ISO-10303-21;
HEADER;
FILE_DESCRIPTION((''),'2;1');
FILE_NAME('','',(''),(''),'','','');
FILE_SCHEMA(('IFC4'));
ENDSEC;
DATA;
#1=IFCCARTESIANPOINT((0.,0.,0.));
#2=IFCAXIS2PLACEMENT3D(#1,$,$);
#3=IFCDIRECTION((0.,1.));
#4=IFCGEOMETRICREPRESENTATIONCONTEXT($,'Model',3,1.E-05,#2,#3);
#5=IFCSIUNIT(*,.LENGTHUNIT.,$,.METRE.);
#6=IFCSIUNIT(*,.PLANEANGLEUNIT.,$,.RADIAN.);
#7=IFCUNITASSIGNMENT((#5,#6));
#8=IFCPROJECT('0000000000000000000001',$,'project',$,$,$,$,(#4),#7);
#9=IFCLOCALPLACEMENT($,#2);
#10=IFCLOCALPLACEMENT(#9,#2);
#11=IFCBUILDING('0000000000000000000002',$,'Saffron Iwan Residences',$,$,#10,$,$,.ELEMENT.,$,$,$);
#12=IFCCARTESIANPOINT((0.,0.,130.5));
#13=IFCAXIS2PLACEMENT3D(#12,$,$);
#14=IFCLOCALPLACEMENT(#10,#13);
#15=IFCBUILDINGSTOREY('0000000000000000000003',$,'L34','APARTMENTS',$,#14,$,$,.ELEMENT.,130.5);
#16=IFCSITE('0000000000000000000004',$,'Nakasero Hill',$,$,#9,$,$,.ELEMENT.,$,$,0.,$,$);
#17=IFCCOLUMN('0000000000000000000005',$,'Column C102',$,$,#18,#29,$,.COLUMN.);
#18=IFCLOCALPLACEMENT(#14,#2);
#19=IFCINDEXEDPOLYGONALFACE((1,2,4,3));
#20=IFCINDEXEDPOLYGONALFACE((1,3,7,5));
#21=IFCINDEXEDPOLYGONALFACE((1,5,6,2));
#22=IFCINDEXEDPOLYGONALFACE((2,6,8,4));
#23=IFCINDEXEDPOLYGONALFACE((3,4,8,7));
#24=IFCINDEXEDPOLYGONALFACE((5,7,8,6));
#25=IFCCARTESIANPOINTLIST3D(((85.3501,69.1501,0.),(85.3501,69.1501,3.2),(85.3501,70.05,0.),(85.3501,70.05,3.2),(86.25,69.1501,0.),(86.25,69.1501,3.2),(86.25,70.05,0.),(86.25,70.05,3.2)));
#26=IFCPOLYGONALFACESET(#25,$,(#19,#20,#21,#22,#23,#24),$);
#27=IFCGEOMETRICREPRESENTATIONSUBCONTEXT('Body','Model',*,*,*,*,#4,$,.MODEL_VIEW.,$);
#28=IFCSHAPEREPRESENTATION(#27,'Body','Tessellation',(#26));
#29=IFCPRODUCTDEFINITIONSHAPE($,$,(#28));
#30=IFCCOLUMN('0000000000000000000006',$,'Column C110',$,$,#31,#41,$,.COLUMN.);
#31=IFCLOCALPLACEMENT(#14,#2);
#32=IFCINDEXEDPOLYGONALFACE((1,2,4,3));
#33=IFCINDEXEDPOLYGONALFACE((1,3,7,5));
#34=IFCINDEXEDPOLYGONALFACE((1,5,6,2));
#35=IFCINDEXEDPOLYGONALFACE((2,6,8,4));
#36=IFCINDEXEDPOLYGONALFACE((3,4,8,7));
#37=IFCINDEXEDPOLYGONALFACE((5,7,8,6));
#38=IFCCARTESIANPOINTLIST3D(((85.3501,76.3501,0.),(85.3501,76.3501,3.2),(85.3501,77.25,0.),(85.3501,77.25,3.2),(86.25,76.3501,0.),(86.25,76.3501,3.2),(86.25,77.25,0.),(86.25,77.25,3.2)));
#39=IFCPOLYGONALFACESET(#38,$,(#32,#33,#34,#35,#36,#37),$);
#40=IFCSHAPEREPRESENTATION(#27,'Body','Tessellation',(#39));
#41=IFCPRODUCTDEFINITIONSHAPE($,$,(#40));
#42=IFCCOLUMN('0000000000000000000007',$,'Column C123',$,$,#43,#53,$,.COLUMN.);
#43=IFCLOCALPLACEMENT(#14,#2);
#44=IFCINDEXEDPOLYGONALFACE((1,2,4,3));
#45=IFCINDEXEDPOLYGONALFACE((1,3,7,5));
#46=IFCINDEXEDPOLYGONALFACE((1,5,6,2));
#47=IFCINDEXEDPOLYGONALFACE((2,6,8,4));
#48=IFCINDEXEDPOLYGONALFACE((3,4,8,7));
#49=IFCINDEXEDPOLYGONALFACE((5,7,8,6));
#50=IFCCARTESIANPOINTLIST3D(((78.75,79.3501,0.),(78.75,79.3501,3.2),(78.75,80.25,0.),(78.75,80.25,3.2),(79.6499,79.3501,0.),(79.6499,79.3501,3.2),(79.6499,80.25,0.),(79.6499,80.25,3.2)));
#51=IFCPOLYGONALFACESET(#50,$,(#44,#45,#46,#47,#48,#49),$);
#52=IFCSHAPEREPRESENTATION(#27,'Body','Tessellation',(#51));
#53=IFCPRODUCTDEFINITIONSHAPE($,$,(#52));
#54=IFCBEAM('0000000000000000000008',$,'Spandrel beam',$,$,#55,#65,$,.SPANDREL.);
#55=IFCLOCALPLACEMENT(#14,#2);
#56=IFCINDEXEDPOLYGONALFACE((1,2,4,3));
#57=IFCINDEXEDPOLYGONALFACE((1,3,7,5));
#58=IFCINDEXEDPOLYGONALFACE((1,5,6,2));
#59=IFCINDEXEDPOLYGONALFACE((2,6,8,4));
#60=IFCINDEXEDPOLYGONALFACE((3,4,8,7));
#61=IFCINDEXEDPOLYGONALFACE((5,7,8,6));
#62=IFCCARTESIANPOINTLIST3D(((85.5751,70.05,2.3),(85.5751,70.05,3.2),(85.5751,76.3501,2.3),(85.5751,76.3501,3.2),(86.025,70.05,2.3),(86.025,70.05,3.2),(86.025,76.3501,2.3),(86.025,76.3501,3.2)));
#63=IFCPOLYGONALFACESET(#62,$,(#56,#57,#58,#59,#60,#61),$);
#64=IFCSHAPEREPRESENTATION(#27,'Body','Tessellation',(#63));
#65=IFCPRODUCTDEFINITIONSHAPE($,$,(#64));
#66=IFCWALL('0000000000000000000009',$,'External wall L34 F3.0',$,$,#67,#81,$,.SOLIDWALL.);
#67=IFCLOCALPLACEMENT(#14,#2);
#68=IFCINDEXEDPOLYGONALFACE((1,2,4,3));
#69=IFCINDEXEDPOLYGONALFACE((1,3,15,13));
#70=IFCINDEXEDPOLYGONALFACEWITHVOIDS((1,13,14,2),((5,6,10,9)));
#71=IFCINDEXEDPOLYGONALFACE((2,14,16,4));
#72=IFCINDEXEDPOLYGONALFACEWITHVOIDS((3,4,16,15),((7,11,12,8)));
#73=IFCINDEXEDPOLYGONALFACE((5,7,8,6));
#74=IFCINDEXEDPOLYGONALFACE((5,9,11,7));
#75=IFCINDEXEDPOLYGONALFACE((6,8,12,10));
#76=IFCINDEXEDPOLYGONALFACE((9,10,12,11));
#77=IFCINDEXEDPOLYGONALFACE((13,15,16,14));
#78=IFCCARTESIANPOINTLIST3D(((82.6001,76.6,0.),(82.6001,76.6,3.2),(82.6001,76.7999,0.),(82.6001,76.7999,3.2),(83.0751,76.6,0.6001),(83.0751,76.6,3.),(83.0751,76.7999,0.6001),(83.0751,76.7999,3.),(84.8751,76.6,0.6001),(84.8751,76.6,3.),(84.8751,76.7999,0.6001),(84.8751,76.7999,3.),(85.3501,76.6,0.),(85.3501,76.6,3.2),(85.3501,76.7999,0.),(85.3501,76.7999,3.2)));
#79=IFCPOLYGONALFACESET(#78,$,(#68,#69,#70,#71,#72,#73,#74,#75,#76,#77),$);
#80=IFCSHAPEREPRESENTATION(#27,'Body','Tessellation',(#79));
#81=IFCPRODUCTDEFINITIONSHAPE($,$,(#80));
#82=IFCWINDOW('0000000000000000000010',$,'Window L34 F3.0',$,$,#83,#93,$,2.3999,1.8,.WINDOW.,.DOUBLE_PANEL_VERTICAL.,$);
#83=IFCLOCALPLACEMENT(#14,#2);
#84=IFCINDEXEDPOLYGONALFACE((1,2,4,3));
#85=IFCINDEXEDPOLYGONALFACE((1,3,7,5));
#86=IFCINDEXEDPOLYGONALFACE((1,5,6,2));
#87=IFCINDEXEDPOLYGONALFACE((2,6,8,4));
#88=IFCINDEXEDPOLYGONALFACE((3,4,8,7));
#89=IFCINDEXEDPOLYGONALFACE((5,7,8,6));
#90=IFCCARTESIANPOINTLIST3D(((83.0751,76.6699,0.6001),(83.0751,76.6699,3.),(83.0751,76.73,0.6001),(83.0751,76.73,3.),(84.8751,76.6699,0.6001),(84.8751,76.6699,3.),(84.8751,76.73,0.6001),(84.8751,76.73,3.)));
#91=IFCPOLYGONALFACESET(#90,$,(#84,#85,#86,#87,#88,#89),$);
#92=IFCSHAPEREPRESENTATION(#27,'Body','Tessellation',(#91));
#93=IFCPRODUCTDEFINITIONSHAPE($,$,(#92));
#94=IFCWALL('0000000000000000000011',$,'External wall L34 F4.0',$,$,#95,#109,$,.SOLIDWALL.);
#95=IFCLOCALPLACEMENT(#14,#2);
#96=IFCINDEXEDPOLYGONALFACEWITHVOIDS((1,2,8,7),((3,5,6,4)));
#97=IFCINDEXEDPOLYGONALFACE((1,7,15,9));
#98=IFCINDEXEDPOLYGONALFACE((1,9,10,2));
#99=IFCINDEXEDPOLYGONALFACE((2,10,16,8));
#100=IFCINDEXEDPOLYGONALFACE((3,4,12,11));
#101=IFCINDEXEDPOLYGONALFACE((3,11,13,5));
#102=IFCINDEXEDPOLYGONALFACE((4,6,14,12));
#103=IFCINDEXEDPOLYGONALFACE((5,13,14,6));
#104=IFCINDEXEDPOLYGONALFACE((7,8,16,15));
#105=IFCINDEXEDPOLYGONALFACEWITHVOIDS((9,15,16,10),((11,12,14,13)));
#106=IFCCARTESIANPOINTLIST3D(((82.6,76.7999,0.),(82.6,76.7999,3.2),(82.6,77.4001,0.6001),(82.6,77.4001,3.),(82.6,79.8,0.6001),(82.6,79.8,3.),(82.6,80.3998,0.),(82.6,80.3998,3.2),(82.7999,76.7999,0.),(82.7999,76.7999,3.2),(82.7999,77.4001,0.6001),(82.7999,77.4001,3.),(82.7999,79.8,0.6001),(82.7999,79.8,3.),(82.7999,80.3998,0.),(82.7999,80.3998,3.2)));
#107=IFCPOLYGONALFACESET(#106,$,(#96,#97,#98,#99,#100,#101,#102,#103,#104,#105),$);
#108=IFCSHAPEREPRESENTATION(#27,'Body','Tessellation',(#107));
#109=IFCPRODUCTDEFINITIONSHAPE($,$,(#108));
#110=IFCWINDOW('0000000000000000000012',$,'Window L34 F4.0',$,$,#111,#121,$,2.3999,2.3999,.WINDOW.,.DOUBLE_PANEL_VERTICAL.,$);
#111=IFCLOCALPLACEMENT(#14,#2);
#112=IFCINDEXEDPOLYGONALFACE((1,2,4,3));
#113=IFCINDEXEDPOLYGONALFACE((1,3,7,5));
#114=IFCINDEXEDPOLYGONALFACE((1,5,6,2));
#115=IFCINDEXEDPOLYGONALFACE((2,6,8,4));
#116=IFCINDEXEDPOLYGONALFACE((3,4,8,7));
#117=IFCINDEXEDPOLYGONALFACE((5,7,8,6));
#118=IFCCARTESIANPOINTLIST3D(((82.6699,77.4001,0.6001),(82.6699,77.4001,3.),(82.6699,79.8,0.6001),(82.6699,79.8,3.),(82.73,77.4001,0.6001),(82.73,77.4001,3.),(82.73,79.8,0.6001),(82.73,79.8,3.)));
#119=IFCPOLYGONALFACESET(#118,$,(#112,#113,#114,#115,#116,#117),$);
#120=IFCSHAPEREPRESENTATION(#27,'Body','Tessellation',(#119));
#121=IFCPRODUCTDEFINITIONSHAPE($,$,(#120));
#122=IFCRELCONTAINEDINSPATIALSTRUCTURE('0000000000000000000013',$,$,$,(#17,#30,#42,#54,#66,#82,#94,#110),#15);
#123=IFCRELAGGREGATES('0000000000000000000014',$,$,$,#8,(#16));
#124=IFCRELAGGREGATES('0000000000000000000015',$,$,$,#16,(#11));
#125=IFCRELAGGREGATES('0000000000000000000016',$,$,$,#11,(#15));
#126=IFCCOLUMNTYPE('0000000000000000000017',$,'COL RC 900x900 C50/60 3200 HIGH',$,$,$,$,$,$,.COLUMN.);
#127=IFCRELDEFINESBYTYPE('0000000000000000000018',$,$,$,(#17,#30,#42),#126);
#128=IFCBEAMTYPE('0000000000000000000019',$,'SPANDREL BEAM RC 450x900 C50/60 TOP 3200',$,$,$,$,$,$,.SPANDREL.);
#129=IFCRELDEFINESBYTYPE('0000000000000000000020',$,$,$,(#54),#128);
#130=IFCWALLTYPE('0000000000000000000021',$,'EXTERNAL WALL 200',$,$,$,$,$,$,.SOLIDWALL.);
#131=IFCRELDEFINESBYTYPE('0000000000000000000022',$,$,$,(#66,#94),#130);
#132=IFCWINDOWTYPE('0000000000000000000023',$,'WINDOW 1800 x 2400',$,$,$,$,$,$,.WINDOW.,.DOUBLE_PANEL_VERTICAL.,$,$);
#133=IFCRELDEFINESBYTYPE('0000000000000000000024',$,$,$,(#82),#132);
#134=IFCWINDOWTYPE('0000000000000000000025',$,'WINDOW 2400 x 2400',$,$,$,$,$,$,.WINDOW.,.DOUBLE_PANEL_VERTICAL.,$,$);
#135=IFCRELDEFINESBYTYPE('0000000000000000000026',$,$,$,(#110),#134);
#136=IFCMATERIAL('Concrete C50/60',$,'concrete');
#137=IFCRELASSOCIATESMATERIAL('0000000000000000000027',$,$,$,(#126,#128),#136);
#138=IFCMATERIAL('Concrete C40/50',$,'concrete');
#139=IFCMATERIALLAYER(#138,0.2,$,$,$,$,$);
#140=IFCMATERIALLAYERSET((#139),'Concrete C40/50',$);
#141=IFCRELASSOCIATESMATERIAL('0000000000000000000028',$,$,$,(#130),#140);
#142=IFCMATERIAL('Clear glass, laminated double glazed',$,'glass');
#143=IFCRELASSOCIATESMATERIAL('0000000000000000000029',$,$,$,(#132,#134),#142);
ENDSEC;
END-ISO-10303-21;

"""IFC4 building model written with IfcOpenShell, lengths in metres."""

from ifc_helpers import new_model, si_unit, direction, frame, frame_2d, origin, origin_2d, place, context, subcontext, project, spatial, rectangle, extrude, source, transform, mapped, material, layer, layer_set, material_profile, profile_set, type_object, element, fill, save


model = new_model("IFC4")

# Units and contexts
model_context = context("Model", 3, precision=1e-05, world=origin(), true_north=direction((0.0, 1.0)))
body_context = subcontext(model_context, "Body", "Model", "MODEL_VIEW")
ifc_project = project(units=[si_unit("LENGTHUNIT", "METRE"), si_unit("PLANEANGLEUNIT", "RADIAN")], contexts=[model_context])

# Site, building, storey
site_placement = place(None, origin())
site = spatial("IfcSite", under=ifc_project, at=site_placement, Name="Nakasero Hill", CompositionType="ELEMENT", RefElevation=0.0)
building_placement = place(site_placement, origin())
building = spatial("IfcBuilding", under=site, at=building_placement, Name="Saffron Iwan Residences", CompositionType="ELEMENT")
storey_placement = place(building_placement, frame((0.0, 0.0, 130.5)))
storey = spatial("IfcBuildingStorey", under=building, at=storey_placement, Name="L34", Description="APARTMENTS", CompositionType="ELEMENT", Elevation=130.5)

# Columns
ifc_material_1 = material(Name="Concrete C50/60", Category="concrete")
ifc_material_profile_1 = material_profile(ifc_material_1, rectangle(XDim=0.8999, YDim=0.8999, at=origin_2d()), Name="RC 900x900")
ifc_profile_set_1 = profile_set([ifc_material_profile_1], Name="Concrete C50/60")
column_type = type_object("IfcColumnType", Name="COL RC 900x900 C50/60 3200 HIGH", PredefinedType="COLUMN", material=ifc_profile_set_1)
shared_shape_1 = source(origin(), body_context, "Body", "SweptSolid", [
    extrude(rectangle(XDim=0.8999, YDim=0.8999, at=origin_2d()), origin(), (0.0, 0.0, 1.0), 3.2),
])
for number, where, z_axis, x_axis, name in (
    (1, (85.8, 69.6001, 0.0), (0.0, 0.0, 1.0), (1.0, 0.0, 0.0), "Column C102"),
    (2, (85.8, 76.8, 0.0), (0.0, 0.0, 1.0), (1.0, 0.0, 0.0), "Column C110"),
    (3, (79.2, 79.8, 0.0), (0.0, 0.0, 1.0), (1.0, 0.0, 0.0), "Column C123"),
):
    element("IfcColumn", number, at=place(storey_placement, frame(where, z_axis=z_axis, x_axis=x_axis)), inside=storey, type_object=column_type, Name=name, PredefinedType="COLUMN", context=body_context, shape_type="MappedRepresentation", body=[
        mapped(shared_shape_1, transform((0.0, 0.0, 0.0))),
    ])

# Beam
ifc_material_profile_2 = material_profile(ifc_material_1, rectangle(XDim=0.45, YDim=0.8999, at=origin_2d()), Name="RC 450x900")
ifc_profile_set_2 = profile_set([ifc_material_profile_2], Name="Concrete C50/60")
beam_type = type_object("IfcBeamType", Name="SPANDREL BEAM RC 450x900 C50/60 TOP 3200", PredefinedType="SPANDREL", material=ifc_profile_set_2)
shared_shape_2 = source(origin(), body_context, "Body", "SweptSolid", [
    extrude(rectangle(XDim=0.45, YDim=0.8999, at=origin_2d()), origin(), (0.0, 0.0, 1.0), 6.3),
])
beam_placement = place(storey_placement, frame((85.8, 76.3501, 2.75), z_axis=(0.0, -1.0, 0.0), x_axis=(1.0, 0.0, 0.0)))
element("IfcBeam", 4, at=beam_placement, inside=storey, type_object=beam_type, Name="Spandrel beam", PredefinedType="SPANDREL", context=body_context, shape_type="MappedRepresentation", body=[
    mapped(shared_shape_2, transform((0.0, 0.0, 0.0))),
])

# Walls, openings, windows
ifc_material_2 = material(Name="Concrete C40/50", Category="concrete")
ifc_layer_1 = layer(ifc_material_2, 0.2)
ifc_layer_set_1 = layer_set([ifc_layer_1], Name="Concrete C40/50")
wall_type_1 = type_object("IfcWallType", Name="EXTERNAL WALL 200", PredefinedType="SOLIDWALL", material=ifc_layer_set_1)
wall_1_placement = place(storey_placement, frame((85.3501, 76.7, 0.0), z_axis=(0.0, 0.0, 1.0), x_axis=(-1.0, 0.0, 0.0)))
wall_1 = element("IfcWall", 5, at=wall_1_placement, inside=storey, type_object=wall_type_1, Name="External wall L34 F3.0", PredefinedType="SOLIDWALL", context=body_context, shape_type="SweptSolid", body=[
    extrude(rectangle(XDim=2.75, YDim=0.2, at=frame_2d((1.375, 0.0))), origin(), (0.0, 0.0, 1.0), 3.2),
])
opening_1_placement = place(wall_1_placement, frame((0.4751, 0.0, 0.6001)))
opening_1 = element("IfcOpeningElement", 6, at=opening_1_placement, cuts=wall_1, PredefinedType="OPENING", context=body_context, shape_type="SweptSolid", body=[
    extrude(rectangle(XDim=1.8, YDim=2.3999, at=frame_2d((0.8999, 1.2))), frame((0.0, 0.1099, 0.0), z_axis=(0.0, -1.0, 0.0), x_axis=(1.0, 0.0, 0.0)), (0.0, 0.0, 1.0), 0.22),
])
ifc_material_3 = material(Name="Clear glass, laminated double glazed", Category="glass")
window_type_1 = type_object("IfcWindowType", Name="WINDOW 1800 x 2400", PartitioningType="DOUBLE_PANEL_VERTICAL", PredefinedType="WINDOW", material=ifc_material_3)
window_1_placement = place(opening_1_placement, origin())
window_1 = element("IfcWindow", 7, at=window_1_placement, inside=storey, type_object=window_type_1, Name="Window L34 F3.0", OverallHeight=2.3999, OverallWidth=1.8, PartitioningType="DOUBLE_PANEL_VERTICAL", PredefinedType="WINDOW", context=body_context, shape_type="SweptSolid", body=[
    extrude(rectangle(XDim=1.8, YDim=2.3999, at=frame_2d((0.8999, 1.2))), frame((0.0, 0.03, 0.0), z_axis=(0.0, -1.0, 0.0), x_axis=(1.0, 0.0, 0.0)), (0.0, 0.0, 1.0), 0.0601),
])
fill(opening_1, window_1)
wall_2_placement = place(storey_placement, frame((82.7, 76.8, 0.0), z_axis=(0.0, 0.0, 1.0), x_axis=(0.0, 1.0, 0.0)))
wall_2 = element("IfcWall", 8, at=wall_2_placement, inside=storey, type_object=wall_type_1, Name="External wall L34 F4.0", PredefinedType="SOLIDWALL", context=body_context, shape_type="SweptSolid", body=[
    extrude(rectangle(XDim=3.5999, YDim=0.2, at=frame_2d((1.7998, 0.0))), origin(), (0.0, 0.0, 1.0), 3.2),
])
opening_2_placement = place(wall_2_placement, frame((0.6001, 0.0, 0.6001)))
opening_2 = element("IfcOpeningElement", 9, at=opening_2_placement, cuts=wall_2, PredefinedType="OPENING", context=body_context, shape_type="SweptSolid", body=[
    extrude(rectangle(XDim=2.3999, YDim=2.3999, at=frame_2d((1.2, 1.2))), frame((0.0, 0.1099, 0.0), z_axis=(0.0, -1.0, 0.0), x_axis=(1.0, 0.0, 0.0)), (0.0, 0.0, 1.0), 0.22),
])
window_type_2 = type_object("IfcWindowType", Name="WINDOW 2400 x 2400", PartitioningType="DOUBLE_PANEL_VERTICAL", PredefinedType="WINDOW", material=ifc_material_3)
window_2_placement = place(opening_2_placement, origin())
window_2 = element("IfcWindow", 10, at=window_2_placement, inside=storey, type_object=window_type_2, Name="Window L34 F4.0", OverallHeight=2.3999, OverallWidth=2.3999, PartitioningType="DOUBLE_PANEL_VERTICAL", PredefinedType="WINDOW", context=body_context, shape_type="SweptSolid", body=[
    extrude(rectangle(XDim=2.3999, YDim=2.3999, at=frame_2d((1.2, 1.2))), frame((0.0, 0.03, 0.0), z_axis=(0.0, -1.0, 0.0), x_axis=(1.0, 0.0, 0.0)), (0.0, 0.0, 1.0), 0.0601),
])
fill(opening_2, window_2)

save(model, "model.ifc")
